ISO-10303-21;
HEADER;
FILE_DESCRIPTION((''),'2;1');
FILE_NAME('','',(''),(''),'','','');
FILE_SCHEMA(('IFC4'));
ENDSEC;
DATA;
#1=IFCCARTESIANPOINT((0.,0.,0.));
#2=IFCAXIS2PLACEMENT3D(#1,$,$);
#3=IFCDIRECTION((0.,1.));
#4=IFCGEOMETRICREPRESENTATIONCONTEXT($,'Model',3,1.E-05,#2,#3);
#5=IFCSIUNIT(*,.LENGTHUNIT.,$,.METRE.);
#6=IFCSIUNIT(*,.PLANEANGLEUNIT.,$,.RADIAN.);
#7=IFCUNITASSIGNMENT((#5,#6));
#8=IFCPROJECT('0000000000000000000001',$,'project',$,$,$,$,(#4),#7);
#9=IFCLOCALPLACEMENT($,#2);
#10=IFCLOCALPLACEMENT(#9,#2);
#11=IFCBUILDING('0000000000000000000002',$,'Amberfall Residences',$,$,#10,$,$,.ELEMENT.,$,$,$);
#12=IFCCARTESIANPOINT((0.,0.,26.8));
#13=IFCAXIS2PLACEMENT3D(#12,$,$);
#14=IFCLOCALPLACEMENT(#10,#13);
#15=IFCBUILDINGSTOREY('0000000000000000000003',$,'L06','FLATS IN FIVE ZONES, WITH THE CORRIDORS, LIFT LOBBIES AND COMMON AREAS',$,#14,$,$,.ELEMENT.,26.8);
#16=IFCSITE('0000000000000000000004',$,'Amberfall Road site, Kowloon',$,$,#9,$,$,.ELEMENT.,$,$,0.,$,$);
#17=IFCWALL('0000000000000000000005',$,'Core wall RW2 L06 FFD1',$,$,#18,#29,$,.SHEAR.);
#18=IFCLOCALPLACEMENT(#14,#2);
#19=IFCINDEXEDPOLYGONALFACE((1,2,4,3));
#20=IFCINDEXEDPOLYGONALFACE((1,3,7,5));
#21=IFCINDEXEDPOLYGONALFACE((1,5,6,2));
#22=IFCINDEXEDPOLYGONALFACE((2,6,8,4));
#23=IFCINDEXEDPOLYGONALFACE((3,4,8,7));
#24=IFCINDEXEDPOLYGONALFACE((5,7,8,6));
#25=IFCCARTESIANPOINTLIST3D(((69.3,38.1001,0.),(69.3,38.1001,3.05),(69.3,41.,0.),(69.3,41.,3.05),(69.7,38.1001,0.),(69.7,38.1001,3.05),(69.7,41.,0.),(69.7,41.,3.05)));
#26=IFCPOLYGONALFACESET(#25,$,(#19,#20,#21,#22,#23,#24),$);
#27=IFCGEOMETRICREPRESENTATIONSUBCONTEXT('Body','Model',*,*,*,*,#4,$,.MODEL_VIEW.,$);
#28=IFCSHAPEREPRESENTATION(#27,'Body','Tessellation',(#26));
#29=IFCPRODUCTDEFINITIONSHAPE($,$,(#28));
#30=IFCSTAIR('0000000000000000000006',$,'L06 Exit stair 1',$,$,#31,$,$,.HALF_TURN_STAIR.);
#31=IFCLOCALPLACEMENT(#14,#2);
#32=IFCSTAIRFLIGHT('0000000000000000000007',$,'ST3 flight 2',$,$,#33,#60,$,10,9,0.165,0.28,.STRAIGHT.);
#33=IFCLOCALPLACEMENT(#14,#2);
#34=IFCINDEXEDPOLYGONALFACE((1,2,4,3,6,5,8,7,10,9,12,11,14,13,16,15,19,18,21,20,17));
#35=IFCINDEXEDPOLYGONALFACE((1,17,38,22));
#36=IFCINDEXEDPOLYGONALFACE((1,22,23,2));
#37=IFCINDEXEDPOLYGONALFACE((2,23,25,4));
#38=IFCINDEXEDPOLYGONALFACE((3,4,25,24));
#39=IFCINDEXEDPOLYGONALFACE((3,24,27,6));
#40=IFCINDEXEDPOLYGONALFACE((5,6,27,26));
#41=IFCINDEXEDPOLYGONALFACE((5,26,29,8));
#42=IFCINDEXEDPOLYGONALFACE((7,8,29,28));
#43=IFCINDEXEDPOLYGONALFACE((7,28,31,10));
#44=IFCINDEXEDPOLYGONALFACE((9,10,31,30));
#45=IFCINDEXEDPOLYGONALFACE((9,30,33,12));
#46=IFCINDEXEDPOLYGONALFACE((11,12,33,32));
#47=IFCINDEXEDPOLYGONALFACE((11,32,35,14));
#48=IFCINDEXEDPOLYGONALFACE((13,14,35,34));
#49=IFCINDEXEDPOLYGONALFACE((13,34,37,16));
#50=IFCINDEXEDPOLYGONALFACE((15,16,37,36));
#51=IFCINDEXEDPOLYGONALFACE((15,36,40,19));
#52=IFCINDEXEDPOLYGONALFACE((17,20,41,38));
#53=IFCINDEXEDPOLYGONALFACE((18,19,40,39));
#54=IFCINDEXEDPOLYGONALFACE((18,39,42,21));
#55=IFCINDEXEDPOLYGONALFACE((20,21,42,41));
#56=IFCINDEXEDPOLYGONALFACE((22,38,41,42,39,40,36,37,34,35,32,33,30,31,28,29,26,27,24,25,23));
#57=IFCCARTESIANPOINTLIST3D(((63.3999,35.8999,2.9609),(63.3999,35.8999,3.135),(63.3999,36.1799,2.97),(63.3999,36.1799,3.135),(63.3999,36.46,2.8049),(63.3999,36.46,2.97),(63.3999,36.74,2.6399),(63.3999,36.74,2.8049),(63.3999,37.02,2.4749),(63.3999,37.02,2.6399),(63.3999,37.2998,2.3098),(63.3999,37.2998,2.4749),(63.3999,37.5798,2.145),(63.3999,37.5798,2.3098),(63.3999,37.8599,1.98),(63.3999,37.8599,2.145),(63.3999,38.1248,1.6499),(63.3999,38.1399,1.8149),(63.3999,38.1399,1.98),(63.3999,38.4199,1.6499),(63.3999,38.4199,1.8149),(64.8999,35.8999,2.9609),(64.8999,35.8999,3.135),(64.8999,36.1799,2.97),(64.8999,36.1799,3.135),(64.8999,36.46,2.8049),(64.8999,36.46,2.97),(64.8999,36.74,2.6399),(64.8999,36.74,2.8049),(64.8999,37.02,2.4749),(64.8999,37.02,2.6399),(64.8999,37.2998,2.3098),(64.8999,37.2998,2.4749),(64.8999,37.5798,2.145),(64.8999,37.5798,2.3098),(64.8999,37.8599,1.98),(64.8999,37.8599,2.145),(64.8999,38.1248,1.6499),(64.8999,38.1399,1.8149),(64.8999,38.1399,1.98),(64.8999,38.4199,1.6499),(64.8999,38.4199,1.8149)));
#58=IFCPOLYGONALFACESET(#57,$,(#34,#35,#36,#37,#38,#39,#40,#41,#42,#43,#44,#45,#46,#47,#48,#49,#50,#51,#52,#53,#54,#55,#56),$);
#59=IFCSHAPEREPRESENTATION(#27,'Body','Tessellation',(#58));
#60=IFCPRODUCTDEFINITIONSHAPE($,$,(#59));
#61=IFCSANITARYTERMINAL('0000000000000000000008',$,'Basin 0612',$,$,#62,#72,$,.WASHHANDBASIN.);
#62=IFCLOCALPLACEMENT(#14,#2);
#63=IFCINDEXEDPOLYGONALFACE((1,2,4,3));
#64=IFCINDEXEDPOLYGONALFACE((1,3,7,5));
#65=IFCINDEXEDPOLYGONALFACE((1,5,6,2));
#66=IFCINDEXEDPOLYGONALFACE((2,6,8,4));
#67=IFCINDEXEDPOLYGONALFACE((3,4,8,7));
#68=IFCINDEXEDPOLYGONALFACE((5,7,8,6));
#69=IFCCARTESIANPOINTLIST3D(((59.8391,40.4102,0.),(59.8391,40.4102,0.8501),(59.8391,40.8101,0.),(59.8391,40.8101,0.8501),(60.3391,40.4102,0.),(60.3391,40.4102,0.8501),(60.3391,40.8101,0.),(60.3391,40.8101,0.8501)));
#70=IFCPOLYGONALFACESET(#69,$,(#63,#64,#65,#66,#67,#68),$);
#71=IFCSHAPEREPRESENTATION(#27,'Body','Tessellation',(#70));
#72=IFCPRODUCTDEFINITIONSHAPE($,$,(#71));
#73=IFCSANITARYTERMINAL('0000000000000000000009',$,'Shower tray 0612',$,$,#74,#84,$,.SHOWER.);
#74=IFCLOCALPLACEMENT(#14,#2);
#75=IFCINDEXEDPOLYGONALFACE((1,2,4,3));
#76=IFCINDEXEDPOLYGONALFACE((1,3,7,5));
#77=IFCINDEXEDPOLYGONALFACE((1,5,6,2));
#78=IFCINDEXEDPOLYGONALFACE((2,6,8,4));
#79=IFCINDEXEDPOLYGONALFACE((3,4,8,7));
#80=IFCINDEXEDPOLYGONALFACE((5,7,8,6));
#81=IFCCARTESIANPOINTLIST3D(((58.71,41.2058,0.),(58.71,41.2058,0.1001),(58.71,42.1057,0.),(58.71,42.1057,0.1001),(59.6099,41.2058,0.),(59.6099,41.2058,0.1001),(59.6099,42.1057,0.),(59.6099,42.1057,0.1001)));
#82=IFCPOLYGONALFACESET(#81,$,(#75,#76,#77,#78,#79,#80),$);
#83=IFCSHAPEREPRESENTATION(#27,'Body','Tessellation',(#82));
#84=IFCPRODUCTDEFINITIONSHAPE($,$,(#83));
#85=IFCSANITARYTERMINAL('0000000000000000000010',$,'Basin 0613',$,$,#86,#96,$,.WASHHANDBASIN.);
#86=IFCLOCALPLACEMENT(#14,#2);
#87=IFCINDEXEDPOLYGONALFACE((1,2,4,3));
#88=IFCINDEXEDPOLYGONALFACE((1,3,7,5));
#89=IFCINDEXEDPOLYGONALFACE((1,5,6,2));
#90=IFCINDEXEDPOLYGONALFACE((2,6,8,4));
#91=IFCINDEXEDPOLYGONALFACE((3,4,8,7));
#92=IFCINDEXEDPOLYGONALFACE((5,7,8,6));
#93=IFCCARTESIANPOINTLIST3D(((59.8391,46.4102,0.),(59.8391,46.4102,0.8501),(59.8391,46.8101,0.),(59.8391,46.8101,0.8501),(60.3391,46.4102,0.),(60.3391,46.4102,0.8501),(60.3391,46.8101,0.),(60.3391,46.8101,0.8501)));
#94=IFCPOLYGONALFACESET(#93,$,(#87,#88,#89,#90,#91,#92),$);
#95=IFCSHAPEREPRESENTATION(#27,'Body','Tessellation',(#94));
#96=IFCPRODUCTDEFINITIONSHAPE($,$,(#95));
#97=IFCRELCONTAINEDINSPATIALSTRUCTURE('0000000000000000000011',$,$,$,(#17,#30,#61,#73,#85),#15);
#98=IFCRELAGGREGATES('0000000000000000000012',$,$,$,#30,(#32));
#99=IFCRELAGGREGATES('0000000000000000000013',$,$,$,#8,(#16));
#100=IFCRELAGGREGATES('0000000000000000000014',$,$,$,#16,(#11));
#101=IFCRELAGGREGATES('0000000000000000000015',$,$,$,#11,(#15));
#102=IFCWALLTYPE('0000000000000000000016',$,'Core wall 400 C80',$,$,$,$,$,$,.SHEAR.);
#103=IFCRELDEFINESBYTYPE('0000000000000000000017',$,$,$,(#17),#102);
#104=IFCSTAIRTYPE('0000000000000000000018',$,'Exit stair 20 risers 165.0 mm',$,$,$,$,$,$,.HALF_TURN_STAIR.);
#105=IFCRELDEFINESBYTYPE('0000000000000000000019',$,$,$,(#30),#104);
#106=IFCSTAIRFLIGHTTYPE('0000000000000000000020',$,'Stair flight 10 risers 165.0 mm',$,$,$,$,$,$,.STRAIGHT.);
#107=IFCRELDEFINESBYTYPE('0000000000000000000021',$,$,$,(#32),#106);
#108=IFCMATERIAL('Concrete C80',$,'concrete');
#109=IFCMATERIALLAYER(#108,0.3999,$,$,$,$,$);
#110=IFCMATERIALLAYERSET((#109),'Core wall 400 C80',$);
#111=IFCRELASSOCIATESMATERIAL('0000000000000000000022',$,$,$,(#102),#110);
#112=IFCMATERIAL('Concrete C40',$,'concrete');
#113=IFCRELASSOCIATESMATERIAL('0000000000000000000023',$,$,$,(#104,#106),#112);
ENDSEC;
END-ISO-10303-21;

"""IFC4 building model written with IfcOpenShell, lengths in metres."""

from ifc_helpers import new_model, si_unit, direction, frame, frame_2d, origin, origin_2d, place, context, subcontext, project, spatial, polyline, rectangle, outline, extrude, material, layer, layer_set, type_object, element, aggregate, save


model = new_model("IFC4")

# Units and contexts
model_context = context("Model", 3, precision=1e-05, world=origin(), true_north=direction((0.0, 1.0)))
body_context = subcontext(model_context, "Body", "Model", "MODEL_VIEW")
ifc_project = project(units=[si_unit("LENGTHUNIT", "METRE"), si_unit("PLANEANGLEUNIT", "RADIAN")], contexts=[model_context])

# Site, building, storey
site_placement = place(None, origin())
site = spatial("IfcSite", under=ifc_project, at=site_placement, Name="Amberfall Road site, Kowloon", CompositionType="ELEMENT", RefElevation=0.0)
building_placement = place(site_placement, origin())
building = spatial("IfcBuilding", under=site, at=building_placement, Name="Amberfall Residences", CompositionType="ELEMENT")
storey_placement = place(building_placement, frame((0.0, 0.0, 26.8)))
storey = spatial("IfcBuildingStorey", under=building, at=storey_placement, Name="L06", Description="FLATS IN FIVE ZONES, WITH THE CORRIDORS, LIFT LOBBIES AND COMMON AREAS", CompositionType="ELEMENT", Elevation=26.8)

# Shared definitions
ifc_material_1 = material(Name="Concrete C80", Category="concrete")
ifc_layer = layer(ifc_material_1, 0.3999)
ifc_layer_set = layer_set([ifc_layer], Name="Core wall 400 C80")
wall_type = type_object("IfcWallType", Name="Core wall 400 C80", PredefinedType="SHEAR", material=ifc_layer_set)

# Wall
wall_1_placement = place(storey_placement, frame((69.5, 38.1001, 0.0), z_axis=(0.0, 0.0, 1.0), x_axis=(0.0, 1.0, 0.0)))
element("IfcWall", 1, at=wall_1_placement, inside=storey, type_object=wall_type, Name="Core wall RW2 L06 FFD1", PredefinedType="SHEAR", context=body_context, shape_type="SweptSolid", body=[
    extrude(rectangle(XDim=2.8999, YDim=0.3999, at=frame_2d((1.45, 0.0))), origin(), (0.0, 0.0, 1.0), 3.05),
])

# Stair, stair flight
ifc_material_2 = material(Name="Concrete C40", Category="concrete")
stair_type = type_object("IfcStairType", Name="Exit stair 20 risers 165.0 mm", PredefinedType="HALF_TURN_STAIR", material=ifc_material_2)
stair_placement = place(storey_placement, origin())
stair = element("IfcStair", 2, at=stair_placement, inside=storey, type_object=stair_type, Name="L06 Exit stair 1", PredefinedType="HALF_TURN_STAIR")
stair_flight_type = type_object("IfcStairFlightType", Name="Stair flight 10 risers 165.0 mm", PredefinedType="STRAIGHT", material=ifc_material_2)
stair_flight_placement = place(storey_placement, frame((64.1499, 38.4199, 1.6499), z_axis=(0.0, 0.0, 1.0), x_axis=(0.0, -1.0, 0.0)))
stair_flight = element("IfcStairFlight", 3, at=stair_flight_placement, type_object=stair_flight_type, Name="ST3 flight 2", NumberOfRisers=10, NumberOfTreads=9, PredefinedType="STRAIGHT", RiserHeight=0.165, TreadLength=0.28, context=body_context, shape_type="SweptSolid", body=[
    extrude(outline(polyline([(0.0, 0.0), (0.0, 0.165), (0.28, 0.165), (0.28, 0.3301), (0.5601, 0.3301), (0.5601, 0.4951), (0.8401, 0.4951), (0.8401, 0.6599), (1.1201, 0.6599), (1.1201, 0.825), (1.3999, 0.825), (1.3999, 0.99), (1.6799, 0.99), (1.6799, 1.155), (1.96, 1.155), (1.96, 1.3201), (2.24, 1.3201), (2.24, 1.4851), (2.52, 1.4851), (2.52, 1.6499), (2.52, 1.311), (0.2952, 0.0), (0.0, 0.0)])), frame((0.0, 0.75, 0.0), z_axis=(0.0, -1.0, 0.0), x_axis=(1.0, 0.0, 0.0)), (0.0, 0.0, 1.0), 1.5),
])
aggregate(stair, [stair_flight])

# Sanitary terminals
sanitary_terminal_1_placement = place(storey_placement, frame((60.0891, 40.6101, 0.0), z_axis=(0.0, 0.0, 1.0), x_axis=(1.0, 0.0, 0.0)))
element("IfcSanitaryTerminal", 4, at=sanitary_terminal_1_placement, inside=storey, Name="Basin 0612", PredefinedType="WASHHANDBASIN", context=body_context, shape_type="SweptSolid", body=[
    extrude(rectangle(XDim=0.5, YDim=0.3999, at=origin_2d()), origin(), (0.0, 0.0, 1.0), 0.8501),
])
sanitary_terminal_2_placement = place(storey_placement, frame((59.1599, 41.6558, 0.0), z_axis=(0.0, 0.0, 1.0), x_axis=(1.0, 0.0, 0.0)))
element("IfcSanitaryTerminal", 5, at=sanitary_terminal_2_placement, inside=storey, Name="Shower tray 0612", PredefinedType="SHOWER", context=body_context, shape_type="SweptSolid", body=[
    extrude(rectangle(XDim=0.8999, YDim=0.8999, at=origin_2d()), origin(), (0.0, 0.0, 1.0), 0.1001),
])
sanitary_terminal_3_placement = place(storey_placement, frame((60.0891, 46.6101, 0.0), z_axis=(0.0, 0.0, 1.0), x_axis=(1.0, 0.0, 0.0)))
element("IfcSanitaryTerminal", 6, at=sanitary_terminal_3_placement, inside=storey, Name="Basin 0613", PredefinedType="WASHHANDBASIN", context=body_context, shape_type="SweptSolid", body=[
    extrude(rectangle(XDim=0.5, YDim=0.3999, at=origin_2d()), origin(), (0.0, 0.0, 1.0), 0.8501),
])

save(model, "model.ifc")
